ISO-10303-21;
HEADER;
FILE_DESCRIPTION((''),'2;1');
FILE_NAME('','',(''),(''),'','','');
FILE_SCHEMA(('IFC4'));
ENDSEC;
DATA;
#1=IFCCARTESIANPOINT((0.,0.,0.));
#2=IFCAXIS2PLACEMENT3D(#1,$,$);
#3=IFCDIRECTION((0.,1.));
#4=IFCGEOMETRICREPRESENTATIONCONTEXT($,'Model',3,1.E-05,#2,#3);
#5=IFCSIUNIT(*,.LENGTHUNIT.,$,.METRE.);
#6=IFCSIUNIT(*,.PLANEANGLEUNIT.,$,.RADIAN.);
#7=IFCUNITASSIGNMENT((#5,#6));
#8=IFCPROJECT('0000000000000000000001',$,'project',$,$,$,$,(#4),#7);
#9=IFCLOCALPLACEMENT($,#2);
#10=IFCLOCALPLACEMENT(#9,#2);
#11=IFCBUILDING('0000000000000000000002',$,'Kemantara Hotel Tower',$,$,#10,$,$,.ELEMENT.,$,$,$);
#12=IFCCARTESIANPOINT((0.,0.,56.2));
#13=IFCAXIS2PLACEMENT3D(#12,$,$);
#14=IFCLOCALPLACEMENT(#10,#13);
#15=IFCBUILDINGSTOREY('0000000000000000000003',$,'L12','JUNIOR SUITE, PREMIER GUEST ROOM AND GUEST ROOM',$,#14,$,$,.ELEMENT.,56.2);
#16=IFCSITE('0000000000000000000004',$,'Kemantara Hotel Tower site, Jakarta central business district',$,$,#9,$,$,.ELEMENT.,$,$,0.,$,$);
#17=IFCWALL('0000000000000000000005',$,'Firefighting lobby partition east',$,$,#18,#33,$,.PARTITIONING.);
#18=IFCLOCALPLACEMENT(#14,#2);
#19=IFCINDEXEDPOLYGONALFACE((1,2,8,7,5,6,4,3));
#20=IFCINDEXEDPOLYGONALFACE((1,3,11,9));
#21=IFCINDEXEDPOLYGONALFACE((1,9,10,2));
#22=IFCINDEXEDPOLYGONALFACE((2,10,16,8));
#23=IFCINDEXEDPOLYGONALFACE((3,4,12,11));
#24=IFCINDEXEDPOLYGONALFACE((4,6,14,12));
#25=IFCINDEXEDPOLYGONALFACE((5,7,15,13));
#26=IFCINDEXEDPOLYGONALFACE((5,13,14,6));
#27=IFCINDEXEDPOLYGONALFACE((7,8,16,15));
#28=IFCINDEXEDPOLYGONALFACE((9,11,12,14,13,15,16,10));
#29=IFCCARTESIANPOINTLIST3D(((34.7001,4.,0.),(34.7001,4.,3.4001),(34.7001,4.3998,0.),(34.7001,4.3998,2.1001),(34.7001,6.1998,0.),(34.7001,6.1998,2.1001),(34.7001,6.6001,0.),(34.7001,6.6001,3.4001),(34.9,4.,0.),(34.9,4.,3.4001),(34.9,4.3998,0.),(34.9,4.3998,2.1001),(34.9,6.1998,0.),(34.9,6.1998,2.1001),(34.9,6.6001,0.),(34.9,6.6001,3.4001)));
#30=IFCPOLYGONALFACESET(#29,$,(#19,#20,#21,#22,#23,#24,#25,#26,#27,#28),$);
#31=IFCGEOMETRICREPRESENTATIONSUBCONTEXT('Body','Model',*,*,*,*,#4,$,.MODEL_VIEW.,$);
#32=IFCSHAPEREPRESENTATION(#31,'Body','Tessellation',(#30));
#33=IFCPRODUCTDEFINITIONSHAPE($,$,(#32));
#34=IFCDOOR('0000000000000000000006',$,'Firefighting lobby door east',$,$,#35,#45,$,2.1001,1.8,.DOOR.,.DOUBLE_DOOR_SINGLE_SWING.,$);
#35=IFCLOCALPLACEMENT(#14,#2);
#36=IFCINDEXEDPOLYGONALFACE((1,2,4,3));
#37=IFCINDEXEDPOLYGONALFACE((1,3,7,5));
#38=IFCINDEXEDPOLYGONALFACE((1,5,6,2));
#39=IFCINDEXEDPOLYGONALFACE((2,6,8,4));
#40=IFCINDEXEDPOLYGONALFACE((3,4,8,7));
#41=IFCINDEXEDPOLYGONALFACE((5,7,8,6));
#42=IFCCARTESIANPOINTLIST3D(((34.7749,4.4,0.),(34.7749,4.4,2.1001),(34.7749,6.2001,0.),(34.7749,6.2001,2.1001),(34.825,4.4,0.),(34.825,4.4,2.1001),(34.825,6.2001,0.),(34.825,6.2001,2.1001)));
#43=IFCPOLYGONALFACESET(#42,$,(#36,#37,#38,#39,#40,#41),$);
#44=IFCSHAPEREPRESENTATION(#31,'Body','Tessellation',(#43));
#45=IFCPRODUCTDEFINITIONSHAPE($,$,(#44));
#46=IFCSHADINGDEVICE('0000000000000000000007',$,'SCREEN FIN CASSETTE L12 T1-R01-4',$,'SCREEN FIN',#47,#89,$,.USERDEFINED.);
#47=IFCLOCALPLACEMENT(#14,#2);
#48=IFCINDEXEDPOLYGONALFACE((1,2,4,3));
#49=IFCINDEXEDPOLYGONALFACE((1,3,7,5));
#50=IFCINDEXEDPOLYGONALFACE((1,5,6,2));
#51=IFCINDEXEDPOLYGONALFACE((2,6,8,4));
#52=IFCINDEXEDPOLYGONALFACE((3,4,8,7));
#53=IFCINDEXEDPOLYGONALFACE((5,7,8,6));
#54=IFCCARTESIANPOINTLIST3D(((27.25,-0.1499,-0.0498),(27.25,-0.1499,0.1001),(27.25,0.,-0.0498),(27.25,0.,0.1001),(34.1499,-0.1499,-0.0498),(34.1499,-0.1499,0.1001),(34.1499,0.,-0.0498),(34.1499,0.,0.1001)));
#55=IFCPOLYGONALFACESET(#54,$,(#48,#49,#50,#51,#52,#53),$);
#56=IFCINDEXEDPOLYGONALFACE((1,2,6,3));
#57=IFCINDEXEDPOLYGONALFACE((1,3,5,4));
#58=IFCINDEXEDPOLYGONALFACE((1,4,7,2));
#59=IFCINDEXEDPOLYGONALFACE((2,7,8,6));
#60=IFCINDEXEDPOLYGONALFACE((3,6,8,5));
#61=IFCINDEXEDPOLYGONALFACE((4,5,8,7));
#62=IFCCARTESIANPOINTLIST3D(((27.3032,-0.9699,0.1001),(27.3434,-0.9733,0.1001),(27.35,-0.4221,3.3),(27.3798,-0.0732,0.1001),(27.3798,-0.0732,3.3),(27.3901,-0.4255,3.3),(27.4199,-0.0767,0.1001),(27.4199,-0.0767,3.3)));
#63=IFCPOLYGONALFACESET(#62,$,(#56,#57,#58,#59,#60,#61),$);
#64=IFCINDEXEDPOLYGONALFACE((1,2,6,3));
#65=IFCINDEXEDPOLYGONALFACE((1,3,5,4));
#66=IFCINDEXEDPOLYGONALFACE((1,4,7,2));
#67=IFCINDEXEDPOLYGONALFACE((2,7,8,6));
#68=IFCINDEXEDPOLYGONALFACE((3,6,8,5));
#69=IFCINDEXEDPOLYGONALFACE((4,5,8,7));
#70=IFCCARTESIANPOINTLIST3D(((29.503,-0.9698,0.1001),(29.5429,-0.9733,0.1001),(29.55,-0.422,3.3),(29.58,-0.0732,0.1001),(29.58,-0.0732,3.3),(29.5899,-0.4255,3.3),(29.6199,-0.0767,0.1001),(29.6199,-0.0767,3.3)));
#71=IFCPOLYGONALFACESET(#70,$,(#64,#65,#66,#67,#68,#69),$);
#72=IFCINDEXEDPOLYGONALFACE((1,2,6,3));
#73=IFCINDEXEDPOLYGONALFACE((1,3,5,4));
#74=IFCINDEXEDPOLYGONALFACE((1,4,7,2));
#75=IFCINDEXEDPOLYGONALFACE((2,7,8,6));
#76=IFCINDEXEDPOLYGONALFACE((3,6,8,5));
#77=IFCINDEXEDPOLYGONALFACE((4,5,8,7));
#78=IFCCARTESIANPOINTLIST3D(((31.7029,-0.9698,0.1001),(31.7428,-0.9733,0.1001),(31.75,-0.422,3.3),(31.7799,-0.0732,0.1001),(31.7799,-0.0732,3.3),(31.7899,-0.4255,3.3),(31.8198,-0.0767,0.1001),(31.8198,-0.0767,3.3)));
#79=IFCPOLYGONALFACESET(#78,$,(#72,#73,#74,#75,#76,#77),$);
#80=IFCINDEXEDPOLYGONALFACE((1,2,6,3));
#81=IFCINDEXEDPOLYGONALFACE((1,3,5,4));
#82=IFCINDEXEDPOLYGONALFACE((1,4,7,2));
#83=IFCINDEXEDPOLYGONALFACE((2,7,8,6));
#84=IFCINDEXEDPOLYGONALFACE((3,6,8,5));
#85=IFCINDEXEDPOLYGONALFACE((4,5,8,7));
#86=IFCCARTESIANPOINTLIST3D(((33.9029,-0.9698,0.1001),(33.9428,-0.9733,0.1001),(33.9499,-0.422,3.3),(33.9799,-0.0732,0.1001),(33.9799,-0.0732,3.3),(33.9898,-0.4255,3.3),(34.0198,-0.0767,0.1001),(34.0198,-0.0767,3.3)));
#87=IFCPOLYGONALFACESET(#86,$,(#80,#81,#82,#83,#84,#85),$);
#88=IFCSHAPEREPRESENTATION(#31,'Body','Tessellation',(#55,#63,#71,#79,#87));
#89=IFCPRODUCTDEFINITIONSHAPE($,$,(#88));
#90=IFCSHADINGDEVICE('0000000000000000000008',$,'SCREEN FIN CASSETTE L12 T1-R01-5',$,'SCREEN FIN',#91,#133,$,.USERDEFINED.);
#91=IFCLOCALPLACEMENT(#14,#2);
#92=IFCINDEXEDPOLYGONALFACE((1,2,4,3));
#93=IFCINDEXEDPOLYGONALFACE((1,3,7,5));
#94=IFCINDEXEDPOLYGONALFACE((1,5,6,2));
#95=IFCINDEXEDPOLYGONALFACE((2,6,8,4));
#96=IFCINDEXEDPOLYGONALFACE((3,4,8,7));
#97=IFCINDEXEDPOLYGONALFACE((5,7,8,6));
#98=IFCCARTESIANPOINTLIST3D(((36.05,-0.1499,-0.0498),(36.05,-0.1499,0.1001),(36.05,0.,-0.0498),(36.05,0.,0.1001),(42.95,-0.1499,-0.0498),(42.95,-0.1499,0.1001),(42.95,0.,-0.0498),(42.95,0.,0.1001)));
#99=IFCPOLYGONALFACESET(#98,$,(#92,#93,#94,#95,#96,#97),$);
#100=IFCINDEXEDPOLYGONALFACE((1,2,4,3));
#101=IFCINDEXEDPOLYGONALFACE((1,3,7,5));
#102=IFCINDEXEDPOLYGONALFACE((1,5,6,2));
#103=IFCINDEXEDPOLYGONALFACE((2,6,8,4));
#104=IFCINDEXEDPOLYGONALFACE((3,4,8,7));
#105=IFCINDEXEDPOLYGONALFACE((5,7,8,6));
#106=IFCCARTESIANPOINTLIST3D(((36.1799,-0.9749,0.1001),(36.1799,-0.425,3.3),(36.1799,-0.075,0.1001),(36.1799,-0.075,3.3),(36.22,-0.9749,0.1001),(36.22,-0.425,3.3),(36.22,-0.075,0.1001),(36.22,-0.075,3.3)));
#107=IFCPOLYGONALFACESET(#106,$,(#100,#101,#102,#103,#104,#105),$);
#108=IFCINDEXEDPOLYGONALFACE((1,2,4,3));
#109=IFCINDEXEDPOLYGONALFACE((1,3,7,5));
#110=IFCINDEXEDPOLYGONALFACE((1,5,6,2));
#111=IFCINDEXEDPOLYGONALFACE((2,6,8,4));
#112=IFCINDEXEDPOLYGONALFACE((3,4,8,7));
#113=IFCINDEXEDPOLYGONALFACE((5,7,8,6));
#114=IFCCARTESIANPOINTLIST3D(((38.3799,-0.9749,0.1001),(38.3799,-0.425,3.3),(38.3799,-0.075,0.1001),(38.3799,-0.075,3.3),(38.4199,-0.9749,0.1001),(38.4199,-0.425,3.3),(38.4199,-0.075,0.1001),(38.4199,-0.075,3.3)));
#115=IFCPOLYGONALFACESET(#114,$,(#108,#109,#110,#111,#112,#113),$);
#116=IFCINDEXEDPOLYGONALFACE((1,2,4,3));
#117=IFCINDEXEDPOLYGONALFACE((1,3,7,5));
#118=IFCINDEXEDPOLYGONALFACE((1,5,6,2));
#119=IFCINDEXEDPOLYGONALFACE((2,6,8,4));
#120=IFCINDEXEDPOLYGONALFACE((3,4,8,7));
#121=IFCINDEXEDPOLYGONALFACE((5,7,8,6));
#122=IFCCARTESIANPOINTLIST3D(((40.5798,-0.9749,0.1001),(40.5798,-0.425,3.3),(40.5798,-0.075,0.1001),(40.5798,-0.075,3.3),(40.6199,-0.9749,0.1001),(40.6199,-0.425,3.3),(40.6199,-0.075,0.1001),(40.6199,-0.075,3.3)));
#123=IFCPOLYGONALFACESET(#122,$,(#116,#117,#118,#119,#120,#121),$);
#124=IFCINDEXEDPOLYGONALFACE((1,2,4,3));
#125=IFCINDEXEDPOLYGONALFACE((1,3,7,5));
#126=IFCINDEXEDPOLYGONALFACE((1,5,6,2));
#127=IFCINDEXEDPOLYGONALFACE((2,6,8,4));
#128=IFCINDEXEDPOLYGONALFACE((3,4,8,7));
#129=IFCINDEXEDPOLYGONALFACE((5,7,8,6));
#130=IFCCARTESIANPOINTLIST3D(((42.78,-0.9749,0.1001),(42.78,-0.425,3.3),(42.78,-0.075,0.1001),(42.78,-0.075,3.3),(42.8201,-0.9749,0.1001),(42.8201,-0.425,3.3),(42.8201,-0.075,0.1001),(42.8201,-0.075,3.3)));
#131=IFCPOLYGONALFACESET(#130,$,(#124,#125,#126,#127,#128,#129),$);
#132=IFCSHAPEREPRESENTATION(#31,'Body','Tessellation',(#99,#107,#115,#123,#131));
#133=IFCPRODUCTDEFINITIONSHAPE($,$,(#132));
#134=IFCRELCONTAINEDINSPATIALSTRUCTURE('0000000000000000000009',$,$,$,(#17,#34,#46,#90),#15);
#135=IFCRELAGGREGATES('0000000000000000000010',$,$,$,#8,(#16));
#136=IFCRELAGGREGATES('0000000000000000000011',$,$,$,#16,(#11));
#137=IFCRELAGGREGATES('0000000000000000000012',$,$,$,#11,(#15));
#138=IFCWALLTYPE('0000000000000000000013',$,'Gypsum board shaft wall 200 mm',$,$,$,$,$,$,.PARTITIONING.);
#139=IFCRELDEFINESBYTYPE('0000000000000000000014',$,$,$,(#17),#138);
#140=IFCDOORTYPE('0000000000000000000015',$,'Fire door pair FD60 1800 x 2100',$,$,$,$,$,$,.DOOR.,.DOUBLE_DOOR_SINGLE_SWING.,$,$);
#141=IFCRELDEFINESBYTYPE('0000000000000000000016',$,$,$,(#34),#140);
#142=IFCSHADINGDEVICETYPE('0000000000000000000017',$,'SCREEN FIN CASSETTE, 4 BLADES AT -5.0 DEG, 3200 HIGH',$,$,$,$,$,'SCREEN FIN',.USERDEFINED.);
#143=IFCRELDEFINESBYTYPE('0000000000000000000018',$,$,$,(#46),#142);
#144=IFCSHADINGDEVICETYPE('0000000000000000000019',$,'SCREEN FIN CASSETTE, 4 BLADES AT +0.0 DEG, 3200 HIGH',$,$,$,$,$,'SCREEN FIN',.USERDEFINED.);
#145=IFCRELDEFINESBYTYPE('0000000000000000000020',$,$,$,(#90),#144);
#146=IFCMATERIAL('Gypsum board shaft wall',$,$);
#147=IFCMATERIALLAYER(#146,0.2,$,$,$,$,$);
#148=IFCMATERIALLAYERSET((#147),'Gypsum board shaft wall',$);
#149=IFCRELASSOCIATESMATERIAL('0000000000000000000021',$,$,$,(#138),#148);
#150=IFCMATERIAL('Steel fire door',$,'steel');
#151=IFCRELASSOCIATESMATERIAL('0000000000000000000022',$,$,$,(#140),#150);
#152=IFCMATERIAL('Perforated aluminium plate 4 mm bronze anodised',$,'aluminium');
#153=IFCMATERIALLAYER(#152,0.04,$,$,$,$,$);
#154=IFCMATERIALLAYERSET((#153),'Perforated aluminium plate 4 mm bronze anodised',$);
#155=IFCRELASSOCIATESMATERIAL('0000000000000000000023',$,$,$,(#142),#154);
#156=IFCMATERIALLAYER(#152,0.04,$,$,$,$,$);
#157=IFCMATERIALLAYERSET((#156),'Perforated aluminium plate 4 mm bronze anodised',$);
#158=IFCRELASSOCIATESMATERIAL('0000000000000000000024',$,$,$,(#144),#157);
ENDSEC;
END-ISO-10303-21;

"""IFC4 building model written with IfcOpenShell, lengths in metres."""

from ifc_helpers import new_model, si_unit, direction, frame, frame_2d, origin, origin_2d, place, context, subcontext, project, spatial, polyline, rectangle, outline, extrude, source, transform, mapped, material, layer, layer_set, type_object, element, fill, save


model = new_model("IFC4")

# Units and contexts
model_context = context("Model", 3, precision=1e-05, world=origin(), true_north=direction((0.0, 1.0)))
body_context = subcontext(model_context, "Body", "Model", "MODEL_VIEW")
ifc_project = project(units=[si_unit("LENGTHUNIT", "METRE"), si_unit("PLANEANGLEUNIT", "RADIAN")], contexts=[model_context])

# Site, building, storey
site_placement = place(None, origin())
site = spatial("IfcSite", under=ifc_project, at=site_placement, Name="Kemantara Hotel Tower site, Jakarta central business district", CompositionType="ELEMENT", RefElevation=0.0)
building_placement = place(site_placement, origin())
building = spatial("IfcBuilding", under=site, at=building_placement, Name="Kemantara Hotel Tower", CompositionType="ELEMENT")
storey_placement = place(building_placement, frame((0.0, 0.0, 56.2)))
storey = spatial("IfcBuildingStorey", under=building, at=storey_placement, Name="L12", Description="JUNIOR SUITE, PREMIER GUEST ROOM AND GUEST ROOM", CompositionType="ELEMENT", Elevation=56.2)

# Shared definitions
ifc_material_1 = material(Name="Steel fire door", Category="steel")

# Wall, opening, door
ifc_material_2 = material(Name="Gypsum board shaft wall")
ifc_layer_1 = layer(ifc_material_2, 0.2)
ifc_layer_set_1 = layer_set([ifc_layer_1], Name="Gypsum board shaft wall")
wall_type_1 = type_object("IfcWallType", Name="Gypsum board shaft wall 200 mm", PredefinedType="PARTITIONING", material=ifc_layer_set_1)
wall_1_placement = place(storey_placement, frame((34.8, 4.0, 0.0), z_axis=(0.0, 0.0, 1.0), x_axis=(0.0, 1.0, 0.0)))
wall_1 = element("IfcWall", 1, at=wall_1_placement, inside=storey, type_object=wall_type_1, Name="Firefighting lobby partition east", PredefinedType="PARTITIONING", context=body_context, shape_type="SweptSolid", body=[
    extrude(rectangle(XDim=2.6001, YDim=0.2, at=frame_2d((1.3, 0.0))), origin(), (0.0, 0.0, 1.0), 3.4001),
])
opening_1_placement = place(wall_1_placement, frame((0.3999, 0.0, 0.0)))
opening_1 = element("IfcOpeningElement", 2, at=opening_1_placement, cuts=wall_1, PredefinedType="OPENING", context=body_context, shape_type="SweptSolid", body=[
    extrude(rectangle(XDim=1.8, YDim=2.1001, at=frame_2d((0.8999, 1.05))), frame((0.0, 0.1099, 0.0), z_axis=(0.0, -1.0, 0.0), x_axis=(1.0, 0.0, 0.0)), (0.0, 0.0, 1.0), 0.22),
])
door_type_1 = type_object("IfcDoorType", Name="Fire door pair FD60 1800 x 2100", OperationType="DOUBLE_DOOR_SINGLE_SWING", PredefinedType="DOOR", material=ifc_material_1)
door_1_placement = place(opening_1_placement, frame((1.8, 0.0, 0.0), z_axis=(0.0, 0.0, 1.0), x_axis=(-1.0, 0.0, 0.0)))
door_1 = element("IfcDoor", 3, at=door_1_placement, inside=storey, type_object=door_type_1, Name="Firefighting lobby door east", OperationType="DOUBLE_DOOR_SINGLE_SWING", OverallHeight=2.1001, OverallWidth=1.8, PredefinedType="DOOR", context=body_context, shape_type="SweptSolid", body=[
    extrude(rectangle(XDim=1.8, YDim=2.1001, at=frame_2d((0.8999, 1.05))), frame((0.0, 0.0249, 0.0), z_axis=(0.0, -1.0, 0.0), x_axis=(1.0, 0.0, 0.0)), (0.0, 0.0, 1.0), 0.05),
])
fill(opening_1, door_1)

# Shading devices
ifc_material_3 = material(Name="Perforated aluminium plate 4 mm bronze anodised", Category="aluminium")
ifc_layer_2 = layer(ifc_material_3, 0.04)
ifc_layer_set_2 = layer_set([ifc_layer_2], Name="Perforated aluminium plate 4 mm bronze anodised")
shading_device_type_1 = type_object("IfcShadingDeviceType", Name="SCREEN FIN CASSETTE, 4 BLADES AT -5.0 DEG, 3200 HIGH", ElementType="SCREEN FIN", PredefinedType="USERDEFINED", material=ifc_layer_set_2)
shared_shape_1 = source(origin(), body_context, "Body", "SweptSolid", [
    extrude(rectangle(XDim=6.8999, YDim=0.1499, at=origin_2d()), frame((3.3, -0.075, -0.1499), z_axis=(0.0, 0.0, 1.0), x_axis=(1.0, 0.0, 0.0)), (0.0, 0.0, 1.0), 0.1499),
    extrude(outline(polyline([(0.0, 0.0), (0.8999, 0.0), (0.3501, 3.2), (0.0, 3.2), (0.0, 0.0)])), frame((0.02, -0.0767, 0.0), z_axis=(-0.996376, 0.085056, 0.0), x_axis=(-0.085056, -0.996376, 0.0)), (0.0, 0.0, 1.0), 0.0403),
    extrude(outline(polyline([(0.0, 0.0), (0.8999, 0.0), (0.3501, 3.2), (0.0, 3.2), (0.0, 0.0)])), frame((2.22, -0.0767, 0.0), z_axis=(-0.996332, 0.085575, 0.0), x_axis=(-0.085575, -0.996332, 0.0)), (0.0, 0.0, 1.0), 0.04),
    extrude(outline(polyline([(0.0, 0.0), (0.8999, 0.0), (0.3501, 3.2), (0.0, 3.2), (0.0, 0.0)])), frame((4.4199, -0.0767, 0.0), z_axis=(-0.996332, 0.085575, 0.0), x_axis=(-0.085575, -0.996332, 0.0)), (0.0, 0.0, 1.0), 0.04),
    extrude(outline(polyline([(0.0, 0.0), (0.8999, 0.0), (0.3501, 3.2), (0.0, 3.2), (0.0, 0.0)])), frame((6.6199, -0.0767, 0.0), z_axis=(-0.996332, 0.085575, 0.0), x_axis=(-0.085575, -0.996332, 0.0)), (0.0, 0.0, 1.0), 0.04),
])
shading_device_1_placement = place(storey_placement, frame((27.3999, 0.0, 0.1001), z_axis=(0.0, 0.0, 1.0), x_axis=(1.0, 0.0, 0.0)))
element("IfcShadingDevice", 4, at=shading_device_1_placement, inside=storey, type_object=shading_device_type_1, Name="SCREEN FIN CASSETTE L12 T1-R01-4", ObjectType="SCREEN FIN", PredefinedType="USERDEFINED", context=body_context, shape_type="MappedRepresentation", body=[
    mapped(shared_shape_1, transform((0.0, 0.0, 0.0))),
])
ifc_layer_3 = layer(ifc_material_3, 0.04)
ifc_layer_set_3 = layer_set([ifc_layer_3], Name="Perforated aluminium plate 4 mm bronze anodised")
shading_device_type_2 = type_object("IfcShadingDeviceType", Name="SCREEN FIN CASSETTE, 4 BLADES AT +0.0 DEG, 3200 HIGH", ElementType="SCREEN FIN", PredefinedType="USERDEFINED", material=ifc_layer_set_3)
shared_shape_2 = source(origin(), body_context, "Body", "SweptSolid", [
    extrude(rectangle(XDim=6.8999, YDim=0.1499, at=origin_2d()), frame((3.3, -0.075, -0.1499), z_axis=(0.0, 0.0, 1.0), x_axis=(1.0, 0.0, 0.0)), (0.0, 0.0, 1.0), 0.1499),
    extrude(outline(polyline([(0.0, 0.0), (0.8999, 0.0), (0.3501, 3.2), (0.0, 3.2), (0.0, 0.0)])), frame((0.02, -0.075, 0.0), z_axis=(-1.0, 0.0, 0.0), x_axis=(0.0, -1.0, 0.0)), (0.0, 0.0, 1.0), 0.04),
    extrude(outline(polyline([(0.0, 0.0), (0.8999, 0.0), (0.3501, 3.2), (0.0, 3.2), (0.0, 0.0)])), frame((2.22, -0.075, 0.0), z_axis=(-1.0, 0.0, 0.0), x_axis=(0.0, -1.0, 0.0)), (0.0, 0.0, 1.0), 0.04),
    extrude(outline(polyline([(0.0, 0.0), (0.8999, 0.0), (0.3501, 3.2), (0.0, 3.2), (0.0, 0.0)])), frame((4.4199, -0.075, 0.0), z_axis=(-1.0, 0.0, 0.0), x_axis=(0.0, -1.0, 0.0)), (0.0, 0.0, 1.0), 0.04),
    extrude(outline(polyline([(0.0, 0.0), (0.8999, 0.0), (0.3501, 3.2), (0.0, 3.2), (0.0, 0.0)])), frame((6.6201, -0.075, 0.0), z_axis=(-1.0, 0.0, 0.0), x_axis=(0.0, -1.0, 0.0)), (0.0, 0.0, 1.0), 0.04),
])
shading_device_2_placement = place(storey_placement, frame((36.2, 0.0, 0.1001), z_axis=(0.0, 0.0, 1.0), x_axis=(1.0, 0.0, 0.0)))
element("IfcShadingDevice", 5, at=shading_device_2_placement, inside=storey, type_object=shading_device_type_2, Name="SCREEN FIN CASSETTE L12 T1-R01-5", ObjectType="SCREEN FIN", PredefinedType="USERDEFINED", context=body_context, shape_type="MappedRepresentation", body=[
    mapped(shared_shape_2, transform((0.0, 0.0, 0.0))),
])

save(model, "model.ifc")
